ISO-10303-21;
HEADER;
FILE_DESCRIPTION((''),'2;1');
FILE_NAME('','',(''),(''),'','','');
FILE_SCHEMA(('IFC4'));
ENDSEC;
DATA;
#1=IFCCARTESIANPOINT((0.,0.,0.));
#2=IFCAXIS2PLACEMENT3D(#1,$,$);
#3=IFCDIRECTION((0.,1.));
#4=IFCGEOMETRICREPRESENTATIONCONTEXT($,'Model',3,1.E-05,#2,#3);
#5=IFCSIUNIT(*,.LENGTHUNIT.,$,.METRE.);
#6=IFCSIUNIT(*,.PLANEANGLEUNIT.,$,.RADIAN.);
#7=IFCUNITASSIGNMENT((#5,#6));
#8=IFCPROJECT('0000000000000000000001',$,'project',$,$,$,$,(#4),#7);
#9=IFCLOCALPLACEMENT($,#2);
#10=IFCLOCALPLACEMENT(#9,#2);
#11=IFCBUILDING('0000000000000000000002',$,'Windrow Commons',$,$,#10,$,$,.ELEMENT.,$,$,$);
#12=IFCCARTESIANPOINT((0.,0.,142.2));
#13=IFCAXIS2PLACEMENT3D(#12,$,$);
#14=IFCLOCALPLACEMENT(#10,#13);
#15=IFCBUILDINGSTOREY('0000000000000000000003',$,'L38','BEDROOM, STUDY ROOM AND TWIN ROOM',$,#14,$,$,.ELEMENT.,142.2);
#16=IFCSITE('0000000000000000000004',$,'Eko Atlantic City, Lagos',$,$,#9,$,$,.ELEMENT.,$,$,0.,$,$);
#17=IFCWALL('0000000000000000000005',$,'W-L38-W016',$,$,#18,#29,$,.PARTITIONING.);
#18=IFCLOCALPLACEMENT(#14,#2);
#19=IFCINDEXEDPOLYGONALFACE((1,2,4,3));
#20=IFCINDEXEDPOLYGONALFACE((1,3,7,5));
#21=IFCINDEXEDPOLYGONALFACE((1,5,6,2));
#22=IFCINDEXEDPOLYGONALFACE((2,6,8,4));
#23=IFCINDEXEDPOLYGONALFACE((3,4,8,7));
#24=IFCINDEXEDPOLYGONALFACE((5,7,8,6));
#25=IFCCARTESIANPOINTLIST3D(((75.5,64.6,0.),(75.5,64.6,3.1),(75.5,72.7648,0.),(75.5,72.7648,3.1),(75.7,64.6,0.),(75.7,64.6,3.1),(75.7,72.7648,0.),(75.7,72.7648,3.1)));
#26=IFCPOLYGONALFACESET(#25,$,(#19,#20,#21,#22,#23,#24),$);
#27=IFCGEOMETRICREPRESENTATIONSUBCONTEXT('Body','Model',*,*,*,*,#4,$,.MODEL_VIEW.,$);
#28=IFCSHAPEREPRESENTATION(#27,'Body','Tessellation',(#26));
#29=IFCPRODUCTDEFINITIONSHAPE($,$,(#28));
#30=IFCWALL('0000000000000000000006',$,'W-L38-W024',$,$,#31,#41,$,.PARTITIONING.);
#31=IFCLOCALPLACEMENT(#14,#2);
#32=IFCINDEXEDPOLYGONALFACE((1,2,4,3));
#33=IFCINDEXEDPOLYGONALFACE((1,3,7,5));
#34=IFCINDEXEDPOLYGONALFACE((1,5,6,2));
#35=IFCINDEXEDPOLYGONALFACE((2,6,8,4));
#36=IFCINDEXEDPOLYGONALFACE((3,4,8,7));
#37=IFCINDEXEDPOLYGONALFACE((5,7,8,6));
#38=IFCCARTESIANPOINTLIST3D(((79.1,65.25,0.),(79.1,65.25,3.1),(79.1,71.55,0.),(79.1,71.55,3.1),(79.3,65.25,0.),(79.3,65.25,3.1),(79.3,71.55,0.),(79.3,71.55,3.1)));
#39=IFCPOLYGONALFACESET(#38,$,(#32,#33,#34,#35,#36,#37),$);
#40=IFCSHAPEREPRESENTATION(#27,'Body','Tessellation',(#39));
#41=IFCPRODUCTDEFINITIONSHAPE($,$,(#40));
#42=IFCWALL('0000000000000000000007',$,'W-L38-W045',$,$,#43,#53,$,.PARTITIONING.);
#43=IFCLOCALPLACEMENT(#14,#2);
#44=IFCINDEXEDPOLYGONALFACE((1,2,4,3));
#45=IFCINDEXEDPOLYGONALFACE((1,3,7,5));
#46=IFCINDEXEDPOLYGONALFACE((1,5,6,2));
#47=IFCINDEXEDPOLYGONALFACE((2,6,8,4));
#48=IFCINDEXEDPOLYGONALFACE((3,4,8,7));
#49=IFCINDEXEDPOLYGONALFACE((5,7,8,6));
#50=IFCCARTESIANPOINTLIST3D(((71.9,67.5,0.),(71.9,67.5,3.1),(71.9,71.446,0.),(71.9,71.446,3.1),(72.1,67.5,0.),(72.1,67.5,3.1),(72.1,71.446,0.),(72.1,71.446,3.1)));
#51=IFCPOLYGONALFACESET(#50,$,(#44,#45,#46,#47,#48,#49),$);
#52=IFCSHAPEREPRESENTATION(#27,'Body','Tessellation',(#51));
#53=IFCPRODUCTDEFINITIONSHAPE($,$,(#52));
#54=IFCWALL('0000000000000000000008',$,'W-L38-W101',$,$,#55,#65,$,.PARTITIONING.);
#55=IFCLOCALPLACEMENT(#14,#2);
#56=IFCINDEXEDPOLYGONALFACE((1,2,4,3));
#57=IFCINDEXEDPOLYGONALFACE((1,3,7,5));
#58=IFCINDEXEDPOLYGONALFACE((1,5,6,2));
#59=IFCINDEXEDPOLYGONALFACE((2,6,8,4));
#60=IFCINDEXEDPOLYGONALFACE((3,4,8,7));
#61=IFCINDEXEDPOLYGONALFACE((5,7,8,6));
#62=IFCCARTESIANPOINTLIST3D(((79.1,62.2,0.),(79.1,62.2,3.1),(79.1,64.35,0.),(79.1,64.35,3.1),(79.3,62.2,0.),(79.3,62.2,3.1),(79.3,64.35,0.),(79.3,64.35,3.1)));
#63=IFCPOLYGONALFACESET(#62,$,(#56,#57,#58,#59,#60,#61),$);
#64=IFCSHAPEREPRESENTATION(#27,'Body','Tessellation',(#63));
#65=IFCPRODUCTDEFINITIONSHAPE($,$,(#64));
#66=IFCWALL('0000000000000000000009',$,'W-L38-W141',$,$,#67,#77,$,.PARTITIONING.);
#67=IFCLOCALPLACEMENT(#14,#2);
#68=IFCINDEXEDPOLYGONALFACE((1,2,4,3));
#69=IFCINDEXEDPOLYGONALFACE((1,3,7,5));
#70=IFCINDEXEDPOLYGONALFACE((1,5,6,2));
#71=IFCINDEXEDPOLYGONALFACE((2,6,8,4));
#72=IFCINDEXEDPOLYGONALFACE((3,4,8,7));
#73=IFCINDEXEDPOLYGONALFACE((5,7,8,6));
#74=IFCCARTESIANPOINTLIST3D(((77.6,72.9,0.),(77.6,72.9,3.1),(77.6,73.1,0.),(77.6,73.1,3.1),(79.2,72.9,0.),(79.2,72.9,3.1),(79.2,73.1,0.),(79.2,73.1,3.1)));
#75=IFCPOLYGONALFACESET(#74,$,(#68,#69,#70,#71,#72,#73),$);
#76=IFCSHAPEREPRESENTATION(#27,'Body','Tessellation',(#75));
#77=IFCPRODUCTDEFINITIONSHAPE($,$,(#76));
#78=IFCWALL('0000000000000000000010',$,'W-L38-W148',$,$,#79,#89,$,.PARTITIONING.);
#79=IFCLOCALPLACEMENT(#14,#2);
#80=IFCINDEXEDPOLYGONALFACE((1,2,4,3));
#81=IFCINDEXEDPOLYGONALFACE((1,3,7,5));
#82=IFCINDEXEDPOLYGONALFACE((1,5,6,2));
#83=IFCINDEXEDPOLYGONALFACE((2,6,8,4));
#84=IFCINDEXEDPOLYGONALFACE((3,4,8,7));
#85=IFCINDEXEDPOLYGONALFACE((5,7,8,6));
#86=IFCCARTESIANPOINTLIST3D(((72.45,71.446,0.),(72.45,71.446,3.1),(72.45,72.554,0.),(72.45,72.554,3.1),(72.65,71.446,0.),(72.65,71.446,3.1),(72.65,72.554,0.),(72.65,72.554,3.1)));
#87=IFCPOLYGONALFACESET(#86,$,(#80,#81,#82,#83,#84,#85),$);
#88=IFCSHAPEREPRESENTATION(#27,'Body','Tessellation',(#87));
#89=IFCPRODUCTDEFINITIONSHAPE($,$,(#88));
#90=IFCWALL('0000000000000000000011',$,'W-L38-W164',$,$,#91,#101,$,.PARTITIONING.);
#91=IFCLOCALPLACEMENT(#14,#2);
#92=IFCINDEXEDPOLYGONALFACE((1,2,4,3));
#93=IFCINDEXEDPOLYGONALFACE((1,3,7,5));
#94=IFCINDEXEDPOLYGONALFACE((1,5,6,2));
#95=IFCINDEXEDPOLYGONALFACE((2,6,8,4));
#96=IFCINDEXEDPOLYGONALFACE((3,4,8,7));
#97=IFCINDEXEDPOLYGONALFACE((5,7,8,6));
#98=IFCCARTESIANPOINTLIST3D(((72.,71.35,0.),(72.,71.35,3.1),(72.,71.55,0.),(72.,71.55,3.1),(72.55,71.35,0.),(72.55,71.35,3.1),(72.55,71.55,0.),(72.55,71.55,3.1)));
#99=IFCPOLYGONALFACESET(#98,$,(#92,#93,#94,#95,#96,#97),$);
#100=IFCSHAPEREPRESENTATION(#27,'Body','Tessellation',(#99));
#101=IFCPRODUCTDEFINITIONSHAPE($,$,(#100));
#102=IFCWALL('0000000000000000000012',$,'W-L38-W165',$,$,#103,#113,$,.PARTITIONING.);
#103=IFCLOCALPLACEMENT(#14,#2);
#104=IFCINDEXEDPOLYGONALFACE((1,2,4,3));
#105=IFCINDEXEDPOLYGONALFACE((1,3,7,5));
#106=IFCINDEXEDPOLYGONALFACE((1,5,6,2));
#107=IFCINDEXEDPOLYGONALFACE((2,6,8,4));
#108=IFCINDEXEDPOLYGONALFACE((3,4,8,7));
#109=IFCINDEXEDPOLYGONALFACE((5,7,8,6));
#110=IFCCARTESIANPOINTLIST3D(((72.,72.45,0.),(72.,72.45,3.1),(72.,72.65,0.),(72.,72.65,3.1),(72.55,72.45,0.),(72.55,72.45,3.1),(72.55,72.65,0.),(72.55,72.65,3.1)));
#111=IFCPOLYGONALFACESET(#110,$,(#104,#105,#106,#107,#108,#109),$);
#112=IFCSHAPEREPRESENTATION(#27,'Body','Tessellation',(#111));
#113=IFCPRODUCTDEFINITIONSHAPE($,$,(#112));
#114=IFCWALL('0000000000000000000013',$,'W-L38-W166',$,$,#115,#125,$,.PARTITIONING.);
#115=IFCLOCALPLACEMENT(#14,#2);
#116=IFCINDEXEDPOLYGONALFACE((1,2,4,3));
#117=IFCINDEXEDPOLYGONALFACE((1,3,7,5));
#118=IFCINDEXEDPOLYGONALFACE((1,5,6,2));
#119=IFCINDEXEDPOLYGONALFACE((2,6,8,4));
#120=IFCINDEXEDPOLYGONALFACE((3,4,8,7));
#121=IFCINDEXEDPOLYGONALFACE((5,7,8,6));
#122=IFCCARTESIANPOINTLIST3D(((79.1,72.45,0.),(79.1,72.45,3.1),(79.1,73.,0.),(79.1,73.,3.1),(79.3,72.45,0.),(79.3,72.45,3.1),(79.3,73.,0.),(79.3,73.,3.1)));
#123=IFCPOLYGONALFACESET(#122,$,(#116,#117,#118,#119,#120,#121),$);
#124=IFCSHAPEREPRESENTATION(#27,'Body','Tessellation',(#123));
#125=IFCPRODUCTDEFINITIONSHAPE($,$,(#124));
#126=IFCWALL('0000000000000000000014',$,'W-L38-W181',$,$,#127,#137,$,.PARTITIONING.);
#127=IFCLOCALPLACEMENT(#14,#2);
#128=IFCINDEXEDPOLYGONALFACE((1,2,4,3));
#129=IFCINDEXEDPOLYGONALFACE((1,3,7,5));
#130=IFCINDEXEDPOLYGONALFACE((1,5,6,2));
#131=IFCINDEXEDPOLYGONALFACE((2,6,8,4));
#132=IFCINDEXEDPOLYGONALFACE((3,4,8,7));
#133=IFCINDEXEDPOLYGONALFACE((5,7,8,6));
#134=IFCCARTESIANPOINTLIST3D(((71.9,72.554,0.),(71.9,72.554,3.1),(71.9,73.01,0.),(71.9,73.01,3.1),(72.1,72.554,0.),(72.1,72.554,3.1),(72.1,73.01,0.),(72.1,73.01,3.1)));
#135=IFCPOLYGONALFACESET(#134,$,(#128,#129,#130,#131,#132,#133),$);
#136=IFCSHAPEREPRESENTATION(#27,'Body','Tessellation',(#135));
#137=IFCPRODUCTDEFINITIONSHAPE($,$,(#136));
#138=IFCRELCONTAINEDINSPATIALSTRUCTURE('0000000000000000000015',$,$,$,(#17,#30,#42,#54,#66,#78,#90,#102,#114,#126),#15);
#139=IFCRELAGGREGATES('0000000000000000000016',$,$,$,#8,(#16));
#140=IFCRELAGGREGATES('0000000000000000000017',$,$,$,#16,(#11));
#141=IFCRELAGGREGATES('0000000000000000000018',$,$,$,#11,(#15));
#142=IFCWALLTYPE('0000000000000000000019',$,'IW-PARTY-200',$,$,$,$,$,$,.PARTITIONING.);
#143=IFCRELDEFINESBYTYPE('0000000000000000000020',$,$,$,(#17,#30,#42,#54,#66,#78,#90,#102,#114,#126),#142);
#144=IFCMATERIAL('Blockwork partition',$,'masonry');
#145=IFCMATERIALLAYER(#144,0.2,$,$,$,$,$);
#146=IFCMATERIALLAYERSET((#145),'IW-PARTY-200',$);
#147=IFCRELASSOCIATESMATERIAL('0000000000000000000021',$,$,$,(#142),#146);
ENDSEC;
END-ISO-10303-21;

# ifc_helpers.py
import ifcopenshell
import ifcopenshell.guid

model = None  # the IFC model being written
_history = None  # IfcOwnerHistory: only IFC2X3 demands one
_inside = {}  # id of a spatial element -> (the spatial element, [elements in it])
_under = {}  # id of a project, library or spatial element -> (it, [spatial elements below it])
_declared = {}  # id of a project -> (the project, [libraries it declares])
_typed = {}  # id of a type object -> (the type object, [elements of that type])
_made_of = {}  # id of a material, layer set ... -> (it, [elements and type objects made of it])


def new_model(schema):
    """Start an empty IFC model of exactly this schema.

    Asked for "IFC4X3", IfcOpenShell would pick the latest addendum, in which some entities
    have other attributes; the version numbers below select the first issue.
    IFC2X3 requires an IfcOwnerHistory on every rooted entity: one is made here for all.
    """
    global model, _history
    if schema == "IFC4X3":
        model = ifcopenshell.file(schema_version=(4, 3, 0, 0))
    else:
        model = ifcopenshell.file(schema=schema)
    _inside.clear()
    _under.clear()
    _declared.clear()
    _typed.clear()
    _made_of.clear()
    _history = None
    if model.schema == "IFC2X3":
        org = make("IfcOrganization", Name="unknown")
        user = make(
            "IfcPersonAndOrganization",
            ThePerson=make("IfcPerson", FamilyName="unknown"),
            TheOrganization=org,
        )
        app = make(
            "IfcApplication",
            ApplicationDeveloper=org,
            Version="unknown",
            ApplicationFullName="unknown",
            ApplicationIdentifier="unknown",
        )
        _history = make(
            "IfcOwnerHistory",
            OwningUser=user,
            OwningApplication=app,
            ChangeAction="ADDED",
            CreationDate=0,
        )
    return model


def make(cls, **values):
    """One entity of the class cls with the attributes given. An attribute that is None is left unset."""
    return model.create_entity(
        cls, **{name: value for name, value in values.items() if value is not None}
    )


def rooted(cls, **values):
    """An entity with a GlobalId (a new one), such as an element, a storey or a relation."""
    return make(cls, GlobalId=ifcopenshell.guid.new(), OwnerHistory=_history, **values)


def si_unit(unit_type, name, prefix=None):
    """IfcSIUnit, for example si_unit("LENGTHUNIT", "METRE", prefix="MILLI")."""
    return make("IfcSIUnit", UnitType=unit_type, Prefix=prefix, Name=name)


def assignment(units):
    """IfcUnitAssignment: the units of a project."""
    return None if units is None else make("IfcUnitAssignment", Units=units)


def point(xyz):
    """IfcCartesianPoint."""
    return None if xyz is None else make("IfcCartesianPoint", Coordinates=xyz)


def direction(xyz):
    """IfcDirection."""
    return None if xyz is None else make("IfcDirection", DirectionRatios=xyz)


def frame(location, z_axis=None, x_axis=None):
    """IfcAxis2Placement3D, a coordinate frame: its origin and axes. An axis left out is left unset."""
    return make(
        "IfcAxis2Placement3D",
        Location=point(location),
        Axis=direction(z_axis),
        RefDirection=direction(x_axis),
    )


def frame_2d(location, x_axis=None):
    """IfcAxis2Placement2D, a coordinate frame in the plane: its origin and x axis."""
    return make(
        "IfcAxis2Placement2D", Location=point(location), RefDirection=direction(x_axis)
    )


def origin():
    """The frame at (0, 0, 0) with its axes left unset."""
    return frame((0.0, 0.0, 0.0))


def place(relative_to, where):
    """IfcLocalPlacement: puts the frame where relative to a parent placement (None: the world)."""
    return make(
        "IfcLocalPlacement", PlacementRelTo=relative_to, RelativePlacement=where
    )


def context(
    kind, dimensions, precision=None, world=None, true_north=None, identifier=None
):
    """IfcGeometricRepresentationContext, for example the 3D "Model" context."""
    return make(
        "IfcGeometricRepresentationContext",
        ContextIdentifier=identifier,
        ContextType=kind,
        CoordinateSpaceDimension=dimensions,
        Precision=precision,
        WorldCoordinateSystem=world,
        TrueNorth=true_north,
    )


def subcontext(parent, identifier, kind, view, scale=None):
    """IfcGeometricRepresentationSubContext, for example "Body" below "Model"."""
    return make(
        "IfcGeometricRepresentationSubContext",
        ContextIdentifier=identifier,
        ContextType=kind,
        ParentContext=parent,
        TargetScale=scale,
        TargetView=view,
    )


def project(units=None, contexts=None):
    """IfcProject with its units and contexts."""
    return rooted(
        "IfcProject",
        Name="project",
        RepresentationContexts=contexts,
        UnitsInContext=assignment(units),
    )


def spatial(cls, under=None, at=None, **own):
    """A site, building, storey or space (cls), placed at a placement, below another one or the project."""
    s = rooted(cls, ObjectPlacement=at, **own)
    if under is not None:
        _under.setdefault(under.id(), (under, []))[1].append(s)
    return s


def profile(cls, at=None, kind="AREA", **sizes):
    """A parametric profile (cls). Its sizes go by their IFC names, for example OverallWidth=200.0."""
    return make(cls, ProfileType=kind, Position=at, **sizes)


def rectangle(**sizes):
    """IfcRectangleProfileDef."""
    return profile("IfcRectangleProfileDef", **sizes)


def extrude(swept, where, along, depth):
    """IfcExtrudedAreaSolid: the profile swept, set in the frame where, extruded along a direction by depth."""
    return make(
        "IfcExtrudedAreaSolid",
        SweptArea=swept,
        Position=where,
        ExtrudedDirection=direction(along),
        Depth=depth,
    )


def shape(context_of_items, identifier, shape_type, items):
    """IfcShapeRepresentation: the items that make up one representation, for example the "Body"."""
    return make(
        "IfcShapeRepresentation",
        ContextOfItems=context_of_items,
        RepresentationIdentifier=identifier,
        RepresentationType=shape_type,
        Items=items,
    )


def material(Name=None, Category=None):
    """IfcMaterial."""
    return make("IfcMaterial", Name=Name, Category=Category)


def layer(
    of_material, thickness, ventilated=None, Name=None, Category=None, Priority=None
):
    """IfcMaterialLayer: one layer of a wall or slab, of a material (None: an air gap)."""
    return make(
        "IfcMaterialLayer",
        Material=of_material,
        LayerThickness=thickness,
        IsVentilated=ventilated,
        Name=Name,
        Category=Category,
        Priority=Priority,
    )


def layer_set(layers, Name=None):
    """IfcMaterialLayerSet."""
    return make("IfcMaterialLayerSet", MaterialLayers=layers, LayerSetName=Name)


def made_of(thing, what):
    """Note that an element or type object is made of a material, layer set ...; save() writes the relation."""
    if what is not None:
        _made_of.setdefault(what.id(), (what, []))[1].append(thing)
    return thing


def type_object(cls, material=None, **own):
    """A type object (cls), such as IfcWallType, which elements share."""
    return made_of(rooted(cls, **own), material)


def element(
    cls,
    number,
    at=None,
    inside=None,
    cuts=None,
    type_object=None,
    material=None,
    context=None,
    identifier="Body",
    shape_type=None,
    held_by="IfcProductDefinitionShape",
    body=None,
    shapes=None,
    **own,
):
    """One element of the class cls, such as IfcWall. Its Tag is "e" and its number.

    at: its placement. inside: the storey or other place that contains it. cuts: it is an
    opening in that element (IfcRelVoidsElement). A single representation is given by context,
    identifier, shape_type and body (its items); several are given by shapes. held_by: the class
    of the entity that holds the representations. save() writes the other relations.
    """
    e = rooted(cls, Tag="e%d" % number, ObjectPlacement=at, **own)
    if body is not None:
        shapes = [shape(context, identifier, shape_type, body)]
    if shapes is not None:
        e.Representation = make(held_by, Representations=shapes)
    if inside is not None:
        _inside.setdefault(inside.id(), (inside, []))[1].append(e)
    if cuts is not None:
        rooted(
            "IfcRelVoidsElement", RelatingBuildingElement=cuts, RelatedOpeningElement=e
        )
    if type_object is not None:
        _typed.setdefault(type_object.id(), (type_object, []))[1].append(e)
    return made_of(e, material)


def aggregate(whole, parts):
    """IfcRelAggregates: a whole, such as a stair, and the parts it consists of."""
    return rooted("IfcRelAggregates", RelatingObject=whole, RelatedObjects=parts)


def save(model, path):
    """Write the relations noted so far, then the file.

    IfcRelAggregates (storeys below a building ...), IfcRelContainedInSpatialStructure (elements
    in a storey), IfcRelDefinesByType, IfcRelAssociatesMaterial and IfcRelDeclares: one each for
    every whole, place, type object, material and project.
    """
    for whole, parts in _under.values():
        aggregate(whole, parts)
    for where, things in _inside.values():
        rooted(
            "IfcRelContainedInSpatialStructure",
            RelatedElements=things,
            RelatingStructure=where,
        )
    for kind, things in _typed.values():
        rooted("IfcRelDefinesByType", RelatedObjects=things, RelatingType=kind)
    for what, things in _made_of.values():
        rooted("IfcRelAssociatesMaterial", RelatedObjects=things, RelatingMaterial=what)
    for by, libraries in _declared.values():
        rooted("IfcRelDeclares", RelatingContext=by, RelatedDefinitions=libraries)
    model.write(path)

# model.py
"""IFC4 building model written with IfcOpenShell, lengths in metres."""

from ifc_helpers import new_model, si_unit, direction, frame, frame_2d, origin, place, context, subcontext, project, spatial, rectangle, extrude, material, layer, layer_set, type_object, element, save


model = new_model("IFC4")

# Units and contexts
model_context = context("Model", 3, precision=1e-05, world=origin(), true_north=direction((0.0, 1.0)))
body_context = subcontext(model_context, "Body", "Model", "MODEL_VIEW")
ifc_project = project(units=[si_unit("LENGTHUNIT", "METRE"), si_unit("PLANEANGLEUNIT", "RADIAN")], contexts=[model_context])

# Site, building, storey
site_placement = place(None, origin())
site = spatial("IfcSite", under=ifc_project, at=site_placement, Name="Eko Atlantic City, Lagos", CompositionType="ELEMENT", RefElevation=0.0)
building_placement = place(site_placement, origin())
building = spatial("IfcBuilding", under=site, at=building_placement, Name="Windrow Commons", CompositionType="ELEMENT")
storey_placement = place(building_placement, frame((0.0, 0.0, 142.2)))
storey = spatial("IfcBuildingStorey", under=building, at=storey_placement, Name="L38", Description="BEDROOM, STUDY ROOM AND TWIN ROOM", CompositionType="ELEMENT", Elevation=142.2)

# Walls
ifc_material_1 = material(Name="Blockwork partition", Category="masonry")
ifc_layer_1 = layer(ifc_material_1, 0.2)
ifc_layer_set_1 = layer_set([ifc_layer_1], Name="IW-PARTY-200")
wall_type_1 = type_object("IfcWallType", Name="IW-PARTY-200", PredefinedType="PARTITIONING", material=ifc_layer_set_1)
wall_1_placement = place(storey_placement, frame((75.6, 64.6, 0.0), z_axis=(0.0, 0.0, 1.0), x_axis=(0.0, 1.0, 0.0)))
element("IfcWall", 1, at=wall_1_placement, inside=storey, type_object=wall_type_1, Name="W-L38-W016", PredefinedType="PARTITIONING", context=body_context, shape_type="SweptSolid", body=[
    extrude(rectangle(XDim=8.1648, YDim=0.2, at=frame_2d((4.0824, 0.0))), origin(), (0.0, 0.0, 1.0), 3.1),
])
wall_2_placement = place(storey_placement, frame((79.2, 65.25, 0.0), z_axis=(0.0, 0.0, 1.0), x_axis=(0.0, 1.0, 0.0)))
element("IfcWall", 2, at=wall_2_placement, inside=storey, type_object=wall_type_1, Name="W-L38-W024", PredefinedType="PARTITIONING", context=body_context, shape_type="SweptSolid", body=[
    extrude(rectangle(XDim=6.3, YDim=0.2, at=frame_2d((3.15, 0.0))), origin(), (0.0, 0.0, 1.0), 3.1),
])
wall_3_placement = place(storey_placement, frame((72.0, 67.5, 0.0), z_axis=(0.0, 0.0, 1.0), x_axis=(0.0, 1.0, 0.0)))
element("IfcWall", 3, at=wall_3_placement, inside=storey, type_object=wall_type_1, Name="W-L38-W045", PredefinedType="PARTITIONING", context=body_context, shape_type="SweptSolid", body=[
    extrude(rectangle(XDim=3.946, YDim=0.2, at=frame_2d((1.973, 0.0))), origin(), (0.0, 0.0, 1.0), 3.1),
])
wall_4_placement = place(storey_placement, frame((79.2, 62.2, 0.0), z_axis=(0.0, 0.0, 1.0), x_axis=(0.0, 1.0, 0.0)))
element("IfcWall", 4, at=wall_4_placement, inside=storey, type_object=wall_type_1, Name="W-L38-W101", PredefinedType="PARTITIONING", context=body_context, shape_type="SweptSolid", body=[
    extrude(rectangle(XDim=2.15, YDim=0.2, at=frame_2d((1.075, 0.0))), origin(), (0.0, 0.0, 1.0), 3.1),
])
wall_5_placement = place(storey_placement, frame((77.6, 73.0, 0.0), z_axis=(0.0, 0.0, 1.0), x_axis=(1.0, 0.0, 0.0)))
element("IfcWall", 5, at=wall_5_placement, inside=storey, type_object=wall_type_1, Name="W-L38-W141", PredefinedType="PARTITIONING", context=body_context, shape_type="SweptSolid", body=[
    extrude(rectangle(XDim=1.6, YDim=0.2, at=frame_2d((0.8, 0.0))), origin(), (0.0, 0.0, 1.0), 3.1),
])
wall_6_placement = place(storey_placement, frame((72.55, 71.446, 0.0), z_axis=(0.0, 0.0, 1.0), x_axis=(0.0, 1.0, 0.0)))
element("IfcWall", 6, at=wall_6_placement, inside=storey, type_object=wall_type_1, Name="W-L38-W148", PredefinedType="PARTITIONING", context=body_context, shape_type="SweptSolid", body=[
    extrude(rectangle(XDim=1.108, YDim=0.2, at=frame_2d((0.554, 0.0))), origin(), (0.0, 0.0, 1.0), 3.1),
])
for number, where, z_axis, x_axis, name in (
    (7, (72.0, 71.45, 0.0), (0.0, 0.0, 1.0), (1.0, 0.0, 0.0), "W-L38-W164"),
    (8, (72.0, 72.55, 0.0), (0.0, 0.0, 1.0), (1.0, 0.0, 0.0), "W-L38-W165"),
    (9, (79.2, 72.45, 0.0), (0.0, 0.0, 1.0), (0.0, 1.0, 0.0), "W-L38-W166"),
):
    element("IfcWall", number, at=place(storey_placement, frame(where, z_axis=z_axis, x_axis=x_axis)), inside=storey, type_object=wall_type_1, Name=name, PredefinedType="PARTITIONING", context=body_context, shape_type="SweptSolid", body=[
        extrude(rectangle(XDim=0.55, YDim=0.2, at=frame_2d((0.275, 0.0))), origin(), (0.0, 0.0, 1.0), 3.1),
    ])
wall_7_placement = place(storey_placement, frame((72.0, 72.554, 0.0), z_axis=(0.0, 0.0, 1.0), x_axis=(0.0, 1.0, 0.0)))
element("IfcWall", 10, at=wall_7_placement, inside=storey, type_object=wall_type_1, Name="W-L38-W181", PredefinedType="PARTITIONING", context=body_context, shape_type="SweptSolid", body=[
    extrude(rectangle(XDim=0.4559, YDim=0.2, at=frame_2d((0.228, 0.0))), origin(), (0.0, 0.0, 1.0), 3.1),
])

save(model, "model.ifc")
